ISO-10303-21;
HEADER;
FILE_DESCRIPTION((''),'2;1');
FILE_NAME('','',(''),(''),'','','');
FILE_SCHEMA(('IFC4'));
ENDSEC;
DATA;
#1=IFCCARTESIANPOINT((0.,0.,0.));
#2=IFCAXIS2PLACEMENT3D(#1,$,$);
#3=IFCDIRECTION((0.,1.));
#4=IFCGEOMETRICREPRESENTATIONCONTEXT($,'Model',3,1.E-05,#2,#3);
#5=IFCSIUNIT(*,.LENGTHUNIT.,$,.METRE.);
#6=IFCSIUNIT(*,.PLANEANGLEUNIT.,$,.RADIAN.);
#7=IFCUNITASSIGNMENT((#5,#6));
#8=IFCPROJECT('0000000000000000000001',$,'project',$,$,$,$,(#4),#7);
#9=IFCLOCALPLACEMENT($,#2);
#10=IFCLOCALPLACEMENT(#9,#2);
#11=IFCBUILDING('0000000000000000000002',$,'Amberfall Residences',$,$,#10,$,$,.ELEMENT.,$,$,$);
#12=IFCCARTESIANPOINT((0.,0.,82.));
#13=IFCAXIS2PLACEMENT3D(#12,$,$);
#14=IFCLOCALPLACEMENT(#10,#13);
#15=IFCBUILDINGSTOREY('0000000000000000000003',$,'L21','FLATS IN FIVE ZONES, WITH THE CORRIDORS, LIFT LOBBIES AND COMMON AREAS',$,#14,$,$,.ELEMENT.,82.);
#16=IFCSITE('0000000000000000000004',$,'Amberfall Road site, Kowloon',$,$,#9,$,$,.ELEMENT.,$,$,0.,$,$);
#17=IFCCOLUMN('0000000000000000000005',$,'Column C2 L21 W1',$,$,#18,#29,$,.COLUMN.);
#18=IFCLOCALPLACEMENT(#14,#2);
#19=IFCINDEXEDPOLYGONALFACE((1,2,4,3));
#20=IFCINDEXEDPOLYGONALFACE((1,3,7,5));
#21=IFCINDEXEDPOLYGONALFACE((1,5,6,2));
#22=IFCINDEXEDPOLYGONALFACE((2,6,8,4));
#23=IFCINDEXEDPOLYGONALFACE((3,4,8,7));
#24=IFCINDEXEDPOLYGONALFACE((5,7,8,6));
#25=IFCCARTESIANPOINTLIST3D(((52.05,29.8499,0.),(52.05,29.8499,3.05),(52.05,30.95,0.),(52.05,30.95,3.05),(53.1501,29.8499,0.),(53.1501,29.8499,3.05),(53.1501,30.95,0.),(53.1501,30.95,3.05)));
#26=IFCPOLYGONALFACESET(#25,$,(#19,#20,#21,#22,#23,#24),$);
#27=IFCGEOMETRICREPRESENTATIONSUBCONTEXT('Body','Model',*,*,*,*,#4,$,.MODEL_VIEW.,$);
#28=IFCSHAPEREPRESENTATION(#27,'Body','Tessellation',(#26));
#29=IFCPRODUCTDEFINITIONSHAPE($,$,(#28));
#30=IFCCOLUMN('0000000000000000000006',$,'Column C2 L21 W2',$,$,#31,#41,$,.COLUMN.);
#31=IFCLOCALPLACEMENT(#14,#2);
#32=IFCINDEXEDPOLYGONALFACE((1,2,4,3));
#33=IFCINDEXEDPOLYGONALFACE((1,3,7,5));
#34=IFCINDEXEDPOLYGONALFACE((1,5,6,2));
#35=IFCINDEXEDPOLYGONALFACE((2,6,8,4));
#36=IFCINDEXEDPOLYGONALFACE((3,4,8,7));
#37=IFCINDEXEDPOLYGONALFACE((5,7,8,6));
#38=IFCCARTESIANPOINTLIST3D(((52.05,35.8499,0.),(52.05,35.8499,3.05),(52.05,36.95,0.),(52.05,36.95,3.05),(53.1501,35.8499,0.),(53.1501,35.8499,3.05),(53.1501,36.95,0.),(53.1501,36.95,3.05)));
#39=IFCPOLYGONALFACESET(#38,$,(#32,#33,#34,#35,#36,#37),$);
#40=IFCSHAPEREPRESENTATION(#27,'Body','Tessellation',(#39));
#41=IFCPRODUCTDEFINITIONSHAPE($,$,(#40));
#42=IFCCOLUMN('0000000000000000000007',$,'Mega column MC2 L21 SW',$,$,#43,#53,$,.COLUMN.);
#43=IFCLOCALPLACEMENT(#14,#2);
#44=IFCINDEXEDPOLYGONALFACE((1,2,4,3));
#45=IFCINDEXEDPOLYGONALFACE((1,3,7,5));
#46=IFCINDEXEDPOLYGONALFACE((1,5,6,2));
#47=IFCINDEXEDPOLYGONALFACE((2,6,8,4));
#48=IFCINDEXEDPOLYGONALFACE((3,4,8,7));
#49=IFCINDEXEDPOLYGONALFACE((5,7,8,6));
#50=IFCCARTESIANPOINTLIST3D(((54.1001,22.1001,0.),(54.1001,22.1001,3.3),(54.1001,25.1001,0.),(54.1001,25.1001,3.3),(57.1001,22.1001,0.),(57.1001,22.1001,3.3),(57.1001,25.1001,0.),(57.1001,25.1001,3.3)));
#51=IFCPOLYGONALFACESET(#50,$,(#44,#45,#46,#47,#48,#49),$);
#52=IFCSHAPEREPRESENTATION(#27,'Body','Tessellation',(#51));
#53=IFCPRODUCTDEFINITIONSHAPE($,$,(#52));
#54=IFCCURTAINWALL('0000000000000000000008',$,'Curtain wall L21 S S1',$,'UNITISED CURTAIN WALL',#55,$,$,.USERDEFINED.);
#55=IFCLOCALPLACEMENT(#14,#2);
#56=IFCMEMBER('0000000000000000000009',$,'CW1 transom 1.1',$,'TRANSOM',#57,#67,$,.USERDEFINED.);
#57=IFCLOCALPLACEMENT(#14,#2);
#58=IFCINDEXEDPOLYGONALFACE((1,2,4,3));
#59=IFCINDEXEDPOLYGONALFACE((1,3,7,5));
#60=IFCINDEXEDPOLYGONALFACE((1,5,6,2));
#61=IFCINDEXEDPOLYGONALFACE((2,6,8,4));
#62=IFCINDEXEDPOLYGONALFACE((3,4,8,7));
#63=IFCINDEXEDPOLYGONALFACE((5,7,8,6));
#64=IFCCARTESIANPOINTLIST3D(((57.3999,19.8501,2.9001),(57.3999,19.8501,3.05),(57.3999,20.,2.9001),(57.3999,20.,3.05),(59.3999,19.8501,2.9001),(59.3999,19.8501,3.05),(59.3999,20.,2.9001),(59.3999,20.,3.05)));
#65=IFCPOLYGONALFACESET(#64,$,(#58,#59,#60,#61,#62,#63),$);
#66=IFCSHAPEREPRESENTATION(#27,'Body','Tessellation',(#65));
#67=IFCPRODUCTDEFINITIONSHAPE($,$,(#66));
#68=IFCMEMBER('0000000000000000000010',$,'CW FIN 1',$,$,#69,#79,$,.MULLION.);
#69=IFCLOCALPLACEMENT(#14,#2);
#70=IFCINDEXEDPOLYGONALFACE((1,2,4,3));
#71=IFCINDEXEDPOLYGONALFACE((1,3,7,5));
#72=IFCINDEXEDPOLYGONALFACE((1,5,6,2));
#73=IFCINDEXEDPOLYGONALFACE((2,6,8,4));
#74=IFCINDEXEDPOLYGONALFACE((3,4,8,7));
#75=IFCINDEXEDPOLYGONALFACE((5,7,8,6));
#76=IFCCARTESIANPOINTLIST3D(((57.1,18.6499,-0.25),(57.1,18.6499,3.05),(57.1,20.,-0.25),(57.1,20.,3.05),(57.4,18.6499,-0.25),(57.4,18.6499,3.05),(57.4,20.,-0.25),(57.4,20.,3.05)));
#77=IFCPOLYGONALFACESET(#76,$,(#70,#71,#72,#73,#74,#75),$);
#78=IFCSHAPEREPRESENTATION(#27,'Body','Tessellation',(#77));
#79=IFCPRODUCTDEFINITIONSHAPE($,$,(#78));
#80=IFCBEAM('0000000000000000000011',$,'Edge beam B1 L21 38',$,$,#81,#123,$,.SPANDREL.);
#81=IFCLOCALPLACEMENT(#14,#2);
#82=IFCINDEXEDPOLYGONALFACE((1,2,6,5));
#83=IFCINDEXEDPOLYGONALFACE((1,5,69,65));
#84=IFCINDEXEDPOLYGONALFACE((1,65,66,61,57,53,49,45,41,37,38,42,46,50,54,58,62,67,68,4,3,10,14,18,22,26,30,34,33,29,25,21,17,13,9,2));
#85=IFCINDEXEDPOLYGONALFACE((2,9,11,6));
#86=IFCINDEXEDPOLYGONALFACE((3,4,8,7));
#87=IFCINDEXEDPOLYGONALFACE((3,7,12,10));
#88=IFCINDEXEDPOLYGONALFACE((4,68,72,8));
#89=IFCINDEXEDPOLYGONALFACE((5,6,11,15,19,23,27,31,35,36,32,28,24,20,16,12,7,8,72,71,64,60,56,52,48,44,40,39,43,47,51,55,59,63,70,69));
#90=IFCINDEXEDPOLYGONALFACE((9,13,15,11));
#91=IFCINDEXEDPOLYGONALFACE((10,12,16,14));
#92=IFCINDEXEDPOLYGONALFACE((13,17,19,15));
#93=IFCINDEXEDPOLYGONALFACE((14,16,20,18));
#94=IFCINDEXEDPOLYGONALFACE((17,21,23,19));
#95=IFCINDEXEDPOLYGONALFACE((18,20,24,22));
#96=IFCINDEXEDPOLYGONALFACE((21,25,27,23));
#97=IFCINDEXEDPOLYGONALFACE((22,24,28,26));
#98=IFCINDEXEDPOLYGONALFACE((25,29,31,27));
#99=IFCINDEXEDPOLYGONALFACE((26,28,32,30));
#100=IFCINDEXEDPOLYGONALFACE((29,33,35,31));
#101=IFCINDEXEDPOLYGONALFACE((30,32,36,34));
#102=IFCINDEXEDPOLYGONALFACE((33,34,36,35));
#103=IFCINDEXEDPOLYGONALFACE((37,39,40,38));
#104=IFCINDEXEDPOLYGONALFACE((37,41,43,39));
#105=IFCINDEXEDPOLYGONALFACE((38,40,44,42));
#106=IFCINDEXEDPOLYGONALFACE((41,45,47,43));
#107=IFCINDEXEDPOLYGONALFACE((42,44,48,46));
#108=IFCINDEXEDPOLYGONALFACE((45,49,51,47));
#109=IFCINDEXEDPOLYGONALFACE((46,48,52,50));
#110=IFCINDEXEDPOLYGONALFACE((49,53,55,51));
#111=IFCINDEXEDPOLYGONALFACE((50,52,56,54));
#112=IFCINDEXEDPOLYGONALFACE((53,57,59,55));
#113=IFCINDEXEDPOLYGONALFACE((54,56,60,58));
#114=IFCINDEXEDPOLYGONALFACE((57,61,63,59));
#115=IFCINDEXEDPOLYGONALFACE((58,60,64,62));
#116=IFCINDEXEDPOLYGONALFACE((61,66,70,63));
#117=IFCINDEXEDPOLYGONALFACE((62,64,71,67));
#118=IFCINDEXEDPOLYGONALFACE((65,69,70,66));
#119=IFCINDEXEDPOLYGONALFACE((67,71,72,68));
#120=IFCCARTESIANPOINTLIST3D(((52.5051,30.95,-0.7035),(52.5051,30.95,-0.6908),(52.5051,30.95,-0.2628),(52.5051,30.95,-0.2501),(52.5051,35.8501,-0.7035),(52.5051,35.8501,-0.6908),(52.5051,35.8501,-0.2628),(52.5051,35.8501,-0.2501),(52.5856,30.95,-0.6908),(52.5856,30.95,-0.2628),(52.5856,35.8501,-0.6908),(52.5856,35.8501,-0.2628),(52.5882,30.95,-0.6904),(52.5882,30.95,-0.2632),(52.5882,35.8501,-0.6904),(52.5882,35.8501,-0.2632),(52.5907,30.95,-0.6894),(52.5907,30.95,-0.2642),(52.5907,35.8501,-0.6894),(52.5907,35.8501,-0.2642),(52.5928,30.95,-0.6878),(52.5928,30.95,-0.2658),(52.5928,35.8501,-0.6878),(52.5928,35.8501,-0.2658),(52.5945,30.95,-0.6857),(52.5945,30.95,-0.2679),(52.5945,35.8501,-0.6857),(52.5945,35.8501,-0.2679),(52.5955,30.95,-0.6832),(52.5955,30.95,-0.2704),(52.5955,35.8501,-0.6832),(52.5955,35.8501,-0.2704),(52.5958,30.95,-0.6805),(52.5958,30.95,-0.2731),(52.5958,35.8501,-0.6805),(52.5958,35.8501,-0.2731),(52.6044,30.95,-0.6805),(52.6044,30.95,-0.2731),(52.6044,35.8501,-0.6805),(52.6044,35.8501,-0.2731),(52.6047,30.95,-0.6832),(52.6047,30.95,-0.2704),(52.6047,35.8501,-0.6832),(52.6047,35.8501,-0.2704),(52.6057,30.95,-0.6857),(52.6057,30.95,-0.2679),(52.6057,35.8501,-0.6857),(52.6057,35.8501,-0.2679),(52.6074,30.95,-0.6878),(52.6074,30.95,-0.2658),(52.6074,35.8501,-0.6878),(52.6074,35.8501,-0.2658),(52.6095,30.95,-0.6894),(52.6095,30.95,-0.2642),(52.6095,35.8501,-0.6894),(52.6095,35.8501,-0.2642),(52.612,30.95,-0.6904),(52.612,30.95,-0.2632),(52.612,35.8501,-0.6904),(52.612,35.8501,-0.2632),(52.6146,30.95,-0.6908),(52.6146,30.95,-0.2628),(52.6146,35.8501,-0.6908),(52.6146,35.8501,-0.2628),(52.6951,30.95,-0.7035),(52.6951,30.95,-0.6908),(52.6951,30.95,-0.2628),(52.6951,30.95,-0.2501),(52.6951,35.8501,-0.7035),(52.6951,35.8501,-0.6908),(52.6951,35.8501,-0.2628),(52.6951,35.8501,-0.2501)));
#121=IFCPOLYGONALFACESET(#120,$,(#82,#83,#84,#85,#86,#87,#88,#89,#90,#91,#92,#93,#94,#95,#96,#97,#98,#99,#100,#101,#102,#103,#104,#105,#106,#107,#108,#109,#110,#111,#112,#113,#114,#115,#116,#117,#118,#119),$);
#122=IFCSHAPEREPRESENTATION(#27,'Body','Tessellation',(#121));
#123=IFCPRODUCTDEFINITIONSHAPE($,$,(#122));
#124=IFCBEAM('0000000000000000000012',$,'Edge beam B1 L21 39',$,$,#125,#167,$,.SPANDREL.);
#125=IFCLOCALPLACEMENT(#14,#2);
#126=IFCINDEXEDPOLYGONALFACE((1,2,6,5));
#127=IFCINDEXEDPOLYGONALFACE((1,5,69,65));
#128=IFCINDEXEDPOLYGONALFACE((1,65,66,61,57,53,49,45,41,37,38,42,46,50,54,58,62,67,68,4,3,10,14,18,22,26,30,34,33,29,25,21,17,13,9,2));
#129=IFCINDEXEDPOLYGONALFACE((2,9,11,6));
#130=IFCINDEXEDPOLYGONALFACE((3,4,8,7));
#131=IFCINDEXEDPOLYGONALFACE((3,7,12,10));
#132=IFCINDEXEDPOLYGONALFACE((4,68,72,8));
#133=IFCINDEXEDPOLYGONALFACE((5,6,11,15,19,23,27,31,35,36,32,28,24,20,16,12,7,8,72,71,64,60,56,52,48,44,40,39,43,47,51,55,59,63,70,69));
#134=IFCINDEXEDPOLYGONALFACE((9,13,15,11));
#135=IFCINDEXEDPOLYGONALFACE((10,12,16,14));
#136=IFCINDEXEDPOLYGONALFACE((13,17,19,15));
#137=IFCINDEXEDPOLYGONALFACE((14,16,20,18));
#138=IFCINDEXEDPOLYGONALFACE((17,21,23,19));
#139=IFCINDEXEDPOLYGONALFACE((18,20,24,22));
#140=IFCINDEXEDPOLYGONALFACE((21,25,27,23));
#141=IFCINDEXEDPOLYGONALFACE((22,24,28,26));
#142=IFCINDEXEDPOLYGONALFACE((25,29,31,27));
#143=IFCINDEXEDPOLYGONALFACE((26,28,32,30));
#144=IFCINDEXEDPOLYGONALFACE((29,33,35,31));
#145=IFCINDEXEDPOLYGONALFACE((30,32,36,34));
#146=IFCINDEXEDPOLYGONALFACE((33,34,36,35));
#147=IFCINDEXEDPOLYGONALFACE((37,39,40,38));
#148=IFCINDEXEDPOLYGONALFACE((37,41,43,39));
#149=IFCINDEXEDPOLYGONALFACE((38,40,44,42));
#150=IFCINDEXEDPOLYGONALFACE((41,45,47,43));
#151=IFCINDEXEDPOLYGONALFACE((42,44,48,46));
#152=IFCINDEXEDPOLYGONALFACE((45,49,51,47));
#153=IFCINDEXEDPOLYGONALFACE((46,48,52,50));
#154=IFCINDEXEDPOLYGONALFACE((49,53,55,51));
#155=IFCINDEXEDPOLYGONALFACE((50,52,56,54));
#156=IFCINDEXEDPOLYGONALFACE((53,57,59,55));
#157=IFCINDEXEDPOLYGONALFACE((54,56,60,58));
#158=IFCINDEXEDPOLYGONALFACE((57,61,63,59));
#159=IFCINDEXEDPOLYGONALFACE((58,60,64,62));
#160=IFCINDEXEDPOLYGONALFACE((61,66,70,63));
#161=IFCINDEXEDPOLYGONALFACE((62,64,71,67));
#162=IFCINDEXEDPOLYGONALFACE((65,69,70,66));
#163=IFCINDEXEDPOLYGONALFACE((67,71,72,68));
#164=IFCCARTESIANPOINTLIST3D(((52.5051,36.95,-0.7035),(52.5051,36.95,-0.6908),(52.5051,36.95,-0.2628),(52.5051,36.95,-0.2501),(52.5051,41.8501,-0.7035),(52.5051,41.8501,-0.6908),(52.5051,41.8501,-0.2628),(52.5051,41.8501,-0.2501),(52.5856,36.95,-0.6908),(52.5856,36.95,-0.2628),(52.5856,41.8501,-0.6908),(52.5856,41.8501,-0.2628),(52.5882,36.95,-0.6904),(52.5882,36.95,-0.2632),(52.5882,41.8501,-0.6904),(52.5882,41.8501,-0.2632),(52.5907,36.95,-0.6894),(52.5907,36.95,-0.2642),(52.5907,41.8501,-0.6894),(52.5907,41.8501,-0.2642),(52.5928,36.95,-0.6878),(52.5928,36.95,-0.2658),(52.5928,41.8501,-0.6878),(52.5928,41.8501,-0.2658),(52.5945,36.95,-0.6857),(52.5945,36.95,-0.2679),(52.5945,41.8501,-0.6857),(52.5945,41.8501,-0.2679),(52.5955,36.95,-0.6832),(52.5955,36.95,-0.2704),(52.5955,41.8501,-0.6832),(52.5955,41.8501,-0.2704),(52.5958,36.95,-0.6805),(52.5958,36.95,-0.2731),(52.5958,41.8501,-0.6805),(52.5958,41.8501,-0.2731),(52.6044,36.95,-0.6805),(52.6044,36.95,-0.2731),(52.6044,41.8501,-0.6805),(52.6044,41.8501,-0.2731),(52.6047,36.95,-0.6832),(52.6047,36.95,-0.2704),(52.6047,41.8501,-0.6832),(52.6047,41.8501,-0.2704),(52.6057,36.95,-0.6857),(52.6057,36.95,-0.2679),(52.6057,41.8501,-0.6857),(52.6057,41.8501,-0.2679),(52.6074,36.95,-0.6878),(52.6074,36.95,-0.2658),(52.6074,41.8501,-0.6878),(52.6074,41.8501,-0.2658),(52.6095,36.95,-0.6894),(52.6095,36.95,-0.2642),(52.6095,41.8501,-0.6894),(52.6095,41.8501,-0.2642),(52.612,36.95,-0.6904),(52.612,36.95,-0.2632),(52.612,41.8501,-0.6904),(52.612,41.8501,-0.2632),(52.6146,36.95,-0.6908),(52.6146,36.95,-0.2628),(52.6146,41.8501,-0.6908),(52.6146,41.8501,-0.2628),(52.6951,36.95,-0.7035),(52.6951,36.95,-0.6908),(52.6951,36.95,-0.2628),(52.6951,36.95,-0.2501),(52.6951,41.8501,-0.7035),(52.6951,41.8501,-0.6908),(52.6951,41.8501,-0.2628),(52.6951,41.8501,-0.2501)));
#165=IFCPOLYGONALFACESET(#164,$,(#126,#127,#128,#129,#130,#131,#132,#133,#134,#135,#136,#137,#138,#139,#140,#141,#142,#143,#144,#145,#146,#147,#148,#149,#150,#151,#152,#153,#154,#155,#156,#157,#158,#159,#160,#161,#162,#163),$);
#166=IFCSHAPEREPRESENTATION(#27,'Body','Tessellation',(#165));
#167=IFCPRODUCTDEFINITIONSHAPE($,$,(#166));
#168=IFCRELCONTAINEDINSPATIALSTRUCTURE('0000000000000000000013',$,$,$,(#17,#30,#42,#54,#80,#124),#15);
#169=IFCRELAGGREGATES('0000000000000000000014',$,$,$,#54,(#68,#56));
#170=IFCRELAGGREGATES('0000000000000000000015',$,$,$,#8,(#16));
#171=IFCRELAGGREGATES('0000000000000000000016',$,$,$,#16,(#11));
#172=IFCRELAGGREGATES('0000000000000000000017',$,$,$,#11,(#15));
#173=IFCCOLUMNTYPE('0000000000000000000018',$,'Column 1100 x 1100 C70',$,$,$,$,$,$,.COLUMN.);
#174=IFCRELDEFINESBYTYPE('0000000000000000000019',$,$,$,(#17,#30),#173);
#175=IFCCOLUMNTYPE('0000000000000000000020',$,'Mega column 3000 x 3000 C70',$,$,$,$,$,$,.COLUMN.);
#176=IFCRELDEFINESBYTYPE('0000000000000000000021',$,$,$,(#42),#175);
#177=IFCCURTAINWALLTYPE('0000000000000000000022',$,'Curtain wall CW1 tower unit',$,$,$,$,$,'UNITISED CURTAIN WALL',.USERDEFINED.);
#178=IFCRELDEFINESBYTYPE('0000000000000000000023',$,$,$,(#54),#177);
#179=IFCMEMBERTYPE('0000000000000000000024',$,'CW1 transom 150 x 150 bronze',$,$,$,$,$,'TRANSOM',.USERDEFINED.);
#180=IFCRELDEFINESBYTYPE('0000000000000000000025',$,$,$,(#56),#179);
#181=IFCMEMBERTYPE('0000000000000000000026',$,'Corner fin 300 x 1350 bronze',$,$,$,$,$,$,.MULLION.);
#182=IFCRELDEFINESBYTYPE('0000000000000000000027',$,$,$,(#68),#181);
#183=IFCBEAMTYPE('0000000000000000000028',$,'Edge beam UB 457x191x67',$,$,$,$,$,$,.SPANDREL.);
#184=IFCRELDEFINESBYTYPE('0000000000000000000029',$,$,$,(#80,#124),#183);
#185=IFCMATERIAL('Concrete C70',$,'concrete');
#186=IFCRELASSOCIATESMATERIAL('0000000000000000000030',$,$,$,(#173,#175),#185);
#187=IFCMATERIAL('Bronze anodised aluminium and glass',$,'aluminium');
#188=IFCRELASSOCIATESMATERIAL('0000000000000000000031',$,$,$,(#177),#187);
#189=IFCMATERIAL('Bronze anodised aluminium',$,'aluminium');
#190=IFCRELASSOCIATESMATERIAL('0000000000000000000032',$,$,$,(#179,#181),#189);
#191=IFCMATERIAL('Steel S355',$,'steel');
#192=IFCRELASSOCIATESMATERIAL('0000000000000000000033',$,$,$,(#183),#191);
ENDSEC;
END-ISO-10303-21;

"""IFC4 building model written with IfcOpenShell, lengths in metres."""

from ifc_helpers import new_model, si_unit, direction, frame, origin, origin_2d, place, context, subcontext, project, spatial, rectangle, i_section, extrude, material, material_profile, profile_set, type_object, element, aggregate, save


model = new_model("IFC4")

# Units and contexts
model_context = context("Model", 3, precision=1e-05, world=origin(), true_north=direction((0.0, 1.0)))
body_context = subcontext(model_context, "Body", "Model", "MODEL_VIEW")
ifc_project = project(units=[si_unit("LENGTHUNIT", "METRE"), si_unit("PLANEANGLEUNIT", "RADIAN")], contexts=[model_context])

# Site, building, storey
site_placement = place(None, origin())
site = spatial("IfcSite", under=ifc_project, at=site_placement, Name="Amberfall Road site, Kowloon", CompositionType="ELEMENT", RefElevation=0.0)
building_placement = place(site_placement, origin())
building = spatial("IfcBuilding", under=site, at=building_placement, Name="Amberfall Residences", CompositionType="ELEMENT")
storey_placement = place(building_placement, frame((0.0, 0.0, 82.0)))
storey = spatial("IfcBuildingStorey", under=building, at=storey_placement, Name="L21", Description="FLATS IN FIVE ZONES, WITH THE CORRIDORS, LIFT LOBBIES AND COMMON AREAS", CompositionType="ELEMENT", Elevation=82.0)

# Columns
ifc_material_1 = material(Name="Concrete C70", Category="concrete")
ifc_material_profile_1 = material_profile(ifc_material_1, rectangle(XDim=1.1001, YDim=1.1001, at=origin_2d()), Name="Column 1100 x 1100 C70")
ifc_profile_set_1 = profile_set([ifc_material_profile_1], Name="Concrete C70")
column_type_1 = type_object("IfcColumnType", Name="Column 1100 x 1100 C70", PredefinedType="COLUMN", material=ifc_profile_set_1)
for number, where, z_axis, x_axis, name in (
    (1, (52.6001, 30.3999, 0.0), (0.0, 0.0, 1.0), (1.0, 0.0, 0.0), "Column C2 L21 W1"),
    (2, (52.6001, 36.3999, 0.0), (0.0, 0.0, 1.0), (1.0, 0.0, 0.0), "Column C2 L21 W2"),
):
    element("IfcColumn", number, at=place(storey_placement, frame(where, z_axis=z_axis, x_axis=x_axis)), inside=storey, type_object=column_type_1, Name=name, PredefinedType="COLUMN", context=body_context, shape_type="SweptSolid", body=[
        extrude(rectangle(XDim=1.1001, YDim=1.1001, at=origin_2d()), origin(), (0.0, 0.0, 1.0), 3.05),
    ])
ifc_material_profile_2 = material_profile(ifc_material_1, rectangle(XDim=3.0, YDim=3.0, at=origin_2d()), Name="Mega column 3000 x 3000 C70")
ifc_profile_set_2 = profile_set([ifc_material_profile_2], Name="Concrete C70")
column_type_2 = type_object("IfcColumnType", Name="Mega column 3000 x 3000 C70", PredefinedType="COLUMN", material=ifc_profile_set_2)
column_placement = place(storey_placement, frame((55.6001, 23.6001, 0.0), z_axis=(0.0, 0.0, 1.0), x_axis=(1.0, 0.0, 0.0)))
element("IfcColumn", 3, at=column_placement, inside=storey, type_object=column_type_2, Name="Mega column MC2 L21 SW", PredefinedType="COLUMN", context=body_context, shape_type="SweptSolid", body=[
    extrude(rectangle(XDim=3.0, YDim=3.0, at=origin_2d()), origin(), (0.0, 0.0, 1.0), 3.3),
])

# Curtain wall, members
ifc_material_2 = material(Name="Bronze anodised aluminium and glass", Category="aluminium")
curtain_wall_type = type_object("IfcCurtainWallType", Name="Curtain wall CW1 tower unit", ElementType="UNITISED CURTAIN WALL", PredefinedType="USERDEFINED", material=ifc_material_2)
curtain_wall_placement = place(storey_placement, origin())
curtain_wall = element("IfcCurtainWall", 4, at=curtain_wall_placement, inside=storey, type_object=curtain_wall_type, Name="Curtain wall L21 S S1", ObjectType="UNITISED CURTAIN WALL", PredefinedType="USERDEFINED")
ifc_material_3 = material(Name="Bronze anodised aluminium", Category="aluminium")
ifc_material_profile_3 = material_profile(ifc_material_3, rectangle(XDim=0.1499, YDim=0.1499, at=origin_2d()), Name="CW1 transom 150 x 150 bronze")
ifc_profile_set_3 = profile_set([ifc_material_profile_3], Name="Bronze anodised aluminium")
member_type_1 = type_object("IfcMemberType", Name="CW1 transom 150 x 150 bronze", ElementType="TRANSOM", PredefinedType="USERDEFINED", material=ifc_profile_set_3)
member_1_placement = place(storey_placement, frame((57.3999, 19.925, 2.9751), z_axis=(1.0, 0.0, 0.0), x_axis=(0.0, 1.0, 0.0)))
member_1 = element("IfcMember", 5, at=member_1_placement, type_object=member_type_1, Name="CW1 transom 1.1", ObjectType="TRANSOM", PredefinedType="USERDEFINED", context=body_context, shape_type="SweptSolid", body=[
    extrude(rectangle(XDim=0.1499, YDim=0.1499, at=origin_2d()), origin(), (0.0, 0.0, 1.0), 2.0),
])
ifc_material_profile_4 = material_profile(ifc_material_3, rectangle(XDim=1.3501, YDim=0.3, at=origin_2d()), Name="Corner fin 300 x 1350 bronze")
ifc_profile_set_4 = profile_set([ifc_material_profile_4], Name="Bronze anodised aluminium")
member_type_2 = type_object("IfcMemberType", Name="Corner fin 300 x 1350 bronze", PredefinedType="MULLION", material=ifc_profile_set_4)
member_2_placement = place(storey_placement, frame((57.25, 19.325, -0.25), z_axis=(0.0, 0.0, 1.0), x_axis=(0.0, 1.0, 0.0)))
member_2 = element("IfcMember", 6, at=member_2_placement, type_object=member_type_2, Name="CW FIN 1", PredefinedType="MULLION", context=body_context, shape_type="SweptSolid", body=[
    extrude(rectangle(XDim=1.3501, YDim=0.3, at=origin_2d()), origin(), (0.0, 0.0, 1.0), 3.3),
])

# Beams
ifc_material_4 = material(Name="Steel S355", Category="steel")
ifc_material_profile_5 = material_profile(ifc_material_4, i_section(OverallWidth=0.1899, OverallDepth=0.4534, WebThickness=0.0085, FlangeThickness=0.0127, FilletRadius=0.0103, at=origin_2d()), Name="UB 457x191x67")
ifc_profile_set_5 = profile_set([ifc_material_profile_5], Name="Steel S355")
beam_type_1 = type_object("IfcBeamType", Name="Edge beam UB 457x191x67", PredefinedType="SPANDREL", material=ifc_profile_set_5)
for number, where, z_axis, x_axis, name in (
    (7, (52.6001, 30.95, -0.4768), (0.0, 1.0, 0.0), (-1.0, 0.0, 0.0), "Edge beam B1 L21 38"),
    (8, (52.6001, 36.95, -0.4768), (0.0, 1.0, 0.0), (-1.0, 0.0, 0.0), "Edge beam B1 L21 39"),
):
    element("IfcBeam", number, at=place(storey_placement, frame(where, z_axis=z_axis, x_axis=x_axis)), inside=storey, type_object=beam_type_1, Name=name, PredefinedType="SPANDREL", context=body_context, shape_type="SweptSolid", body=[
        extrude(i_section(OverallWidth=0.1899, OverallDepth=0.4534, WebThickness=0.0085, FlangeThickness=0.0127, FilletRadius=0.0103, at=origin_2d()), origin(), (0.0, 0.0, 1.0), 4.9001),
    ])

aggregate(curtain_wall, [member_2, member_1])

save(model, "model.ifc")
